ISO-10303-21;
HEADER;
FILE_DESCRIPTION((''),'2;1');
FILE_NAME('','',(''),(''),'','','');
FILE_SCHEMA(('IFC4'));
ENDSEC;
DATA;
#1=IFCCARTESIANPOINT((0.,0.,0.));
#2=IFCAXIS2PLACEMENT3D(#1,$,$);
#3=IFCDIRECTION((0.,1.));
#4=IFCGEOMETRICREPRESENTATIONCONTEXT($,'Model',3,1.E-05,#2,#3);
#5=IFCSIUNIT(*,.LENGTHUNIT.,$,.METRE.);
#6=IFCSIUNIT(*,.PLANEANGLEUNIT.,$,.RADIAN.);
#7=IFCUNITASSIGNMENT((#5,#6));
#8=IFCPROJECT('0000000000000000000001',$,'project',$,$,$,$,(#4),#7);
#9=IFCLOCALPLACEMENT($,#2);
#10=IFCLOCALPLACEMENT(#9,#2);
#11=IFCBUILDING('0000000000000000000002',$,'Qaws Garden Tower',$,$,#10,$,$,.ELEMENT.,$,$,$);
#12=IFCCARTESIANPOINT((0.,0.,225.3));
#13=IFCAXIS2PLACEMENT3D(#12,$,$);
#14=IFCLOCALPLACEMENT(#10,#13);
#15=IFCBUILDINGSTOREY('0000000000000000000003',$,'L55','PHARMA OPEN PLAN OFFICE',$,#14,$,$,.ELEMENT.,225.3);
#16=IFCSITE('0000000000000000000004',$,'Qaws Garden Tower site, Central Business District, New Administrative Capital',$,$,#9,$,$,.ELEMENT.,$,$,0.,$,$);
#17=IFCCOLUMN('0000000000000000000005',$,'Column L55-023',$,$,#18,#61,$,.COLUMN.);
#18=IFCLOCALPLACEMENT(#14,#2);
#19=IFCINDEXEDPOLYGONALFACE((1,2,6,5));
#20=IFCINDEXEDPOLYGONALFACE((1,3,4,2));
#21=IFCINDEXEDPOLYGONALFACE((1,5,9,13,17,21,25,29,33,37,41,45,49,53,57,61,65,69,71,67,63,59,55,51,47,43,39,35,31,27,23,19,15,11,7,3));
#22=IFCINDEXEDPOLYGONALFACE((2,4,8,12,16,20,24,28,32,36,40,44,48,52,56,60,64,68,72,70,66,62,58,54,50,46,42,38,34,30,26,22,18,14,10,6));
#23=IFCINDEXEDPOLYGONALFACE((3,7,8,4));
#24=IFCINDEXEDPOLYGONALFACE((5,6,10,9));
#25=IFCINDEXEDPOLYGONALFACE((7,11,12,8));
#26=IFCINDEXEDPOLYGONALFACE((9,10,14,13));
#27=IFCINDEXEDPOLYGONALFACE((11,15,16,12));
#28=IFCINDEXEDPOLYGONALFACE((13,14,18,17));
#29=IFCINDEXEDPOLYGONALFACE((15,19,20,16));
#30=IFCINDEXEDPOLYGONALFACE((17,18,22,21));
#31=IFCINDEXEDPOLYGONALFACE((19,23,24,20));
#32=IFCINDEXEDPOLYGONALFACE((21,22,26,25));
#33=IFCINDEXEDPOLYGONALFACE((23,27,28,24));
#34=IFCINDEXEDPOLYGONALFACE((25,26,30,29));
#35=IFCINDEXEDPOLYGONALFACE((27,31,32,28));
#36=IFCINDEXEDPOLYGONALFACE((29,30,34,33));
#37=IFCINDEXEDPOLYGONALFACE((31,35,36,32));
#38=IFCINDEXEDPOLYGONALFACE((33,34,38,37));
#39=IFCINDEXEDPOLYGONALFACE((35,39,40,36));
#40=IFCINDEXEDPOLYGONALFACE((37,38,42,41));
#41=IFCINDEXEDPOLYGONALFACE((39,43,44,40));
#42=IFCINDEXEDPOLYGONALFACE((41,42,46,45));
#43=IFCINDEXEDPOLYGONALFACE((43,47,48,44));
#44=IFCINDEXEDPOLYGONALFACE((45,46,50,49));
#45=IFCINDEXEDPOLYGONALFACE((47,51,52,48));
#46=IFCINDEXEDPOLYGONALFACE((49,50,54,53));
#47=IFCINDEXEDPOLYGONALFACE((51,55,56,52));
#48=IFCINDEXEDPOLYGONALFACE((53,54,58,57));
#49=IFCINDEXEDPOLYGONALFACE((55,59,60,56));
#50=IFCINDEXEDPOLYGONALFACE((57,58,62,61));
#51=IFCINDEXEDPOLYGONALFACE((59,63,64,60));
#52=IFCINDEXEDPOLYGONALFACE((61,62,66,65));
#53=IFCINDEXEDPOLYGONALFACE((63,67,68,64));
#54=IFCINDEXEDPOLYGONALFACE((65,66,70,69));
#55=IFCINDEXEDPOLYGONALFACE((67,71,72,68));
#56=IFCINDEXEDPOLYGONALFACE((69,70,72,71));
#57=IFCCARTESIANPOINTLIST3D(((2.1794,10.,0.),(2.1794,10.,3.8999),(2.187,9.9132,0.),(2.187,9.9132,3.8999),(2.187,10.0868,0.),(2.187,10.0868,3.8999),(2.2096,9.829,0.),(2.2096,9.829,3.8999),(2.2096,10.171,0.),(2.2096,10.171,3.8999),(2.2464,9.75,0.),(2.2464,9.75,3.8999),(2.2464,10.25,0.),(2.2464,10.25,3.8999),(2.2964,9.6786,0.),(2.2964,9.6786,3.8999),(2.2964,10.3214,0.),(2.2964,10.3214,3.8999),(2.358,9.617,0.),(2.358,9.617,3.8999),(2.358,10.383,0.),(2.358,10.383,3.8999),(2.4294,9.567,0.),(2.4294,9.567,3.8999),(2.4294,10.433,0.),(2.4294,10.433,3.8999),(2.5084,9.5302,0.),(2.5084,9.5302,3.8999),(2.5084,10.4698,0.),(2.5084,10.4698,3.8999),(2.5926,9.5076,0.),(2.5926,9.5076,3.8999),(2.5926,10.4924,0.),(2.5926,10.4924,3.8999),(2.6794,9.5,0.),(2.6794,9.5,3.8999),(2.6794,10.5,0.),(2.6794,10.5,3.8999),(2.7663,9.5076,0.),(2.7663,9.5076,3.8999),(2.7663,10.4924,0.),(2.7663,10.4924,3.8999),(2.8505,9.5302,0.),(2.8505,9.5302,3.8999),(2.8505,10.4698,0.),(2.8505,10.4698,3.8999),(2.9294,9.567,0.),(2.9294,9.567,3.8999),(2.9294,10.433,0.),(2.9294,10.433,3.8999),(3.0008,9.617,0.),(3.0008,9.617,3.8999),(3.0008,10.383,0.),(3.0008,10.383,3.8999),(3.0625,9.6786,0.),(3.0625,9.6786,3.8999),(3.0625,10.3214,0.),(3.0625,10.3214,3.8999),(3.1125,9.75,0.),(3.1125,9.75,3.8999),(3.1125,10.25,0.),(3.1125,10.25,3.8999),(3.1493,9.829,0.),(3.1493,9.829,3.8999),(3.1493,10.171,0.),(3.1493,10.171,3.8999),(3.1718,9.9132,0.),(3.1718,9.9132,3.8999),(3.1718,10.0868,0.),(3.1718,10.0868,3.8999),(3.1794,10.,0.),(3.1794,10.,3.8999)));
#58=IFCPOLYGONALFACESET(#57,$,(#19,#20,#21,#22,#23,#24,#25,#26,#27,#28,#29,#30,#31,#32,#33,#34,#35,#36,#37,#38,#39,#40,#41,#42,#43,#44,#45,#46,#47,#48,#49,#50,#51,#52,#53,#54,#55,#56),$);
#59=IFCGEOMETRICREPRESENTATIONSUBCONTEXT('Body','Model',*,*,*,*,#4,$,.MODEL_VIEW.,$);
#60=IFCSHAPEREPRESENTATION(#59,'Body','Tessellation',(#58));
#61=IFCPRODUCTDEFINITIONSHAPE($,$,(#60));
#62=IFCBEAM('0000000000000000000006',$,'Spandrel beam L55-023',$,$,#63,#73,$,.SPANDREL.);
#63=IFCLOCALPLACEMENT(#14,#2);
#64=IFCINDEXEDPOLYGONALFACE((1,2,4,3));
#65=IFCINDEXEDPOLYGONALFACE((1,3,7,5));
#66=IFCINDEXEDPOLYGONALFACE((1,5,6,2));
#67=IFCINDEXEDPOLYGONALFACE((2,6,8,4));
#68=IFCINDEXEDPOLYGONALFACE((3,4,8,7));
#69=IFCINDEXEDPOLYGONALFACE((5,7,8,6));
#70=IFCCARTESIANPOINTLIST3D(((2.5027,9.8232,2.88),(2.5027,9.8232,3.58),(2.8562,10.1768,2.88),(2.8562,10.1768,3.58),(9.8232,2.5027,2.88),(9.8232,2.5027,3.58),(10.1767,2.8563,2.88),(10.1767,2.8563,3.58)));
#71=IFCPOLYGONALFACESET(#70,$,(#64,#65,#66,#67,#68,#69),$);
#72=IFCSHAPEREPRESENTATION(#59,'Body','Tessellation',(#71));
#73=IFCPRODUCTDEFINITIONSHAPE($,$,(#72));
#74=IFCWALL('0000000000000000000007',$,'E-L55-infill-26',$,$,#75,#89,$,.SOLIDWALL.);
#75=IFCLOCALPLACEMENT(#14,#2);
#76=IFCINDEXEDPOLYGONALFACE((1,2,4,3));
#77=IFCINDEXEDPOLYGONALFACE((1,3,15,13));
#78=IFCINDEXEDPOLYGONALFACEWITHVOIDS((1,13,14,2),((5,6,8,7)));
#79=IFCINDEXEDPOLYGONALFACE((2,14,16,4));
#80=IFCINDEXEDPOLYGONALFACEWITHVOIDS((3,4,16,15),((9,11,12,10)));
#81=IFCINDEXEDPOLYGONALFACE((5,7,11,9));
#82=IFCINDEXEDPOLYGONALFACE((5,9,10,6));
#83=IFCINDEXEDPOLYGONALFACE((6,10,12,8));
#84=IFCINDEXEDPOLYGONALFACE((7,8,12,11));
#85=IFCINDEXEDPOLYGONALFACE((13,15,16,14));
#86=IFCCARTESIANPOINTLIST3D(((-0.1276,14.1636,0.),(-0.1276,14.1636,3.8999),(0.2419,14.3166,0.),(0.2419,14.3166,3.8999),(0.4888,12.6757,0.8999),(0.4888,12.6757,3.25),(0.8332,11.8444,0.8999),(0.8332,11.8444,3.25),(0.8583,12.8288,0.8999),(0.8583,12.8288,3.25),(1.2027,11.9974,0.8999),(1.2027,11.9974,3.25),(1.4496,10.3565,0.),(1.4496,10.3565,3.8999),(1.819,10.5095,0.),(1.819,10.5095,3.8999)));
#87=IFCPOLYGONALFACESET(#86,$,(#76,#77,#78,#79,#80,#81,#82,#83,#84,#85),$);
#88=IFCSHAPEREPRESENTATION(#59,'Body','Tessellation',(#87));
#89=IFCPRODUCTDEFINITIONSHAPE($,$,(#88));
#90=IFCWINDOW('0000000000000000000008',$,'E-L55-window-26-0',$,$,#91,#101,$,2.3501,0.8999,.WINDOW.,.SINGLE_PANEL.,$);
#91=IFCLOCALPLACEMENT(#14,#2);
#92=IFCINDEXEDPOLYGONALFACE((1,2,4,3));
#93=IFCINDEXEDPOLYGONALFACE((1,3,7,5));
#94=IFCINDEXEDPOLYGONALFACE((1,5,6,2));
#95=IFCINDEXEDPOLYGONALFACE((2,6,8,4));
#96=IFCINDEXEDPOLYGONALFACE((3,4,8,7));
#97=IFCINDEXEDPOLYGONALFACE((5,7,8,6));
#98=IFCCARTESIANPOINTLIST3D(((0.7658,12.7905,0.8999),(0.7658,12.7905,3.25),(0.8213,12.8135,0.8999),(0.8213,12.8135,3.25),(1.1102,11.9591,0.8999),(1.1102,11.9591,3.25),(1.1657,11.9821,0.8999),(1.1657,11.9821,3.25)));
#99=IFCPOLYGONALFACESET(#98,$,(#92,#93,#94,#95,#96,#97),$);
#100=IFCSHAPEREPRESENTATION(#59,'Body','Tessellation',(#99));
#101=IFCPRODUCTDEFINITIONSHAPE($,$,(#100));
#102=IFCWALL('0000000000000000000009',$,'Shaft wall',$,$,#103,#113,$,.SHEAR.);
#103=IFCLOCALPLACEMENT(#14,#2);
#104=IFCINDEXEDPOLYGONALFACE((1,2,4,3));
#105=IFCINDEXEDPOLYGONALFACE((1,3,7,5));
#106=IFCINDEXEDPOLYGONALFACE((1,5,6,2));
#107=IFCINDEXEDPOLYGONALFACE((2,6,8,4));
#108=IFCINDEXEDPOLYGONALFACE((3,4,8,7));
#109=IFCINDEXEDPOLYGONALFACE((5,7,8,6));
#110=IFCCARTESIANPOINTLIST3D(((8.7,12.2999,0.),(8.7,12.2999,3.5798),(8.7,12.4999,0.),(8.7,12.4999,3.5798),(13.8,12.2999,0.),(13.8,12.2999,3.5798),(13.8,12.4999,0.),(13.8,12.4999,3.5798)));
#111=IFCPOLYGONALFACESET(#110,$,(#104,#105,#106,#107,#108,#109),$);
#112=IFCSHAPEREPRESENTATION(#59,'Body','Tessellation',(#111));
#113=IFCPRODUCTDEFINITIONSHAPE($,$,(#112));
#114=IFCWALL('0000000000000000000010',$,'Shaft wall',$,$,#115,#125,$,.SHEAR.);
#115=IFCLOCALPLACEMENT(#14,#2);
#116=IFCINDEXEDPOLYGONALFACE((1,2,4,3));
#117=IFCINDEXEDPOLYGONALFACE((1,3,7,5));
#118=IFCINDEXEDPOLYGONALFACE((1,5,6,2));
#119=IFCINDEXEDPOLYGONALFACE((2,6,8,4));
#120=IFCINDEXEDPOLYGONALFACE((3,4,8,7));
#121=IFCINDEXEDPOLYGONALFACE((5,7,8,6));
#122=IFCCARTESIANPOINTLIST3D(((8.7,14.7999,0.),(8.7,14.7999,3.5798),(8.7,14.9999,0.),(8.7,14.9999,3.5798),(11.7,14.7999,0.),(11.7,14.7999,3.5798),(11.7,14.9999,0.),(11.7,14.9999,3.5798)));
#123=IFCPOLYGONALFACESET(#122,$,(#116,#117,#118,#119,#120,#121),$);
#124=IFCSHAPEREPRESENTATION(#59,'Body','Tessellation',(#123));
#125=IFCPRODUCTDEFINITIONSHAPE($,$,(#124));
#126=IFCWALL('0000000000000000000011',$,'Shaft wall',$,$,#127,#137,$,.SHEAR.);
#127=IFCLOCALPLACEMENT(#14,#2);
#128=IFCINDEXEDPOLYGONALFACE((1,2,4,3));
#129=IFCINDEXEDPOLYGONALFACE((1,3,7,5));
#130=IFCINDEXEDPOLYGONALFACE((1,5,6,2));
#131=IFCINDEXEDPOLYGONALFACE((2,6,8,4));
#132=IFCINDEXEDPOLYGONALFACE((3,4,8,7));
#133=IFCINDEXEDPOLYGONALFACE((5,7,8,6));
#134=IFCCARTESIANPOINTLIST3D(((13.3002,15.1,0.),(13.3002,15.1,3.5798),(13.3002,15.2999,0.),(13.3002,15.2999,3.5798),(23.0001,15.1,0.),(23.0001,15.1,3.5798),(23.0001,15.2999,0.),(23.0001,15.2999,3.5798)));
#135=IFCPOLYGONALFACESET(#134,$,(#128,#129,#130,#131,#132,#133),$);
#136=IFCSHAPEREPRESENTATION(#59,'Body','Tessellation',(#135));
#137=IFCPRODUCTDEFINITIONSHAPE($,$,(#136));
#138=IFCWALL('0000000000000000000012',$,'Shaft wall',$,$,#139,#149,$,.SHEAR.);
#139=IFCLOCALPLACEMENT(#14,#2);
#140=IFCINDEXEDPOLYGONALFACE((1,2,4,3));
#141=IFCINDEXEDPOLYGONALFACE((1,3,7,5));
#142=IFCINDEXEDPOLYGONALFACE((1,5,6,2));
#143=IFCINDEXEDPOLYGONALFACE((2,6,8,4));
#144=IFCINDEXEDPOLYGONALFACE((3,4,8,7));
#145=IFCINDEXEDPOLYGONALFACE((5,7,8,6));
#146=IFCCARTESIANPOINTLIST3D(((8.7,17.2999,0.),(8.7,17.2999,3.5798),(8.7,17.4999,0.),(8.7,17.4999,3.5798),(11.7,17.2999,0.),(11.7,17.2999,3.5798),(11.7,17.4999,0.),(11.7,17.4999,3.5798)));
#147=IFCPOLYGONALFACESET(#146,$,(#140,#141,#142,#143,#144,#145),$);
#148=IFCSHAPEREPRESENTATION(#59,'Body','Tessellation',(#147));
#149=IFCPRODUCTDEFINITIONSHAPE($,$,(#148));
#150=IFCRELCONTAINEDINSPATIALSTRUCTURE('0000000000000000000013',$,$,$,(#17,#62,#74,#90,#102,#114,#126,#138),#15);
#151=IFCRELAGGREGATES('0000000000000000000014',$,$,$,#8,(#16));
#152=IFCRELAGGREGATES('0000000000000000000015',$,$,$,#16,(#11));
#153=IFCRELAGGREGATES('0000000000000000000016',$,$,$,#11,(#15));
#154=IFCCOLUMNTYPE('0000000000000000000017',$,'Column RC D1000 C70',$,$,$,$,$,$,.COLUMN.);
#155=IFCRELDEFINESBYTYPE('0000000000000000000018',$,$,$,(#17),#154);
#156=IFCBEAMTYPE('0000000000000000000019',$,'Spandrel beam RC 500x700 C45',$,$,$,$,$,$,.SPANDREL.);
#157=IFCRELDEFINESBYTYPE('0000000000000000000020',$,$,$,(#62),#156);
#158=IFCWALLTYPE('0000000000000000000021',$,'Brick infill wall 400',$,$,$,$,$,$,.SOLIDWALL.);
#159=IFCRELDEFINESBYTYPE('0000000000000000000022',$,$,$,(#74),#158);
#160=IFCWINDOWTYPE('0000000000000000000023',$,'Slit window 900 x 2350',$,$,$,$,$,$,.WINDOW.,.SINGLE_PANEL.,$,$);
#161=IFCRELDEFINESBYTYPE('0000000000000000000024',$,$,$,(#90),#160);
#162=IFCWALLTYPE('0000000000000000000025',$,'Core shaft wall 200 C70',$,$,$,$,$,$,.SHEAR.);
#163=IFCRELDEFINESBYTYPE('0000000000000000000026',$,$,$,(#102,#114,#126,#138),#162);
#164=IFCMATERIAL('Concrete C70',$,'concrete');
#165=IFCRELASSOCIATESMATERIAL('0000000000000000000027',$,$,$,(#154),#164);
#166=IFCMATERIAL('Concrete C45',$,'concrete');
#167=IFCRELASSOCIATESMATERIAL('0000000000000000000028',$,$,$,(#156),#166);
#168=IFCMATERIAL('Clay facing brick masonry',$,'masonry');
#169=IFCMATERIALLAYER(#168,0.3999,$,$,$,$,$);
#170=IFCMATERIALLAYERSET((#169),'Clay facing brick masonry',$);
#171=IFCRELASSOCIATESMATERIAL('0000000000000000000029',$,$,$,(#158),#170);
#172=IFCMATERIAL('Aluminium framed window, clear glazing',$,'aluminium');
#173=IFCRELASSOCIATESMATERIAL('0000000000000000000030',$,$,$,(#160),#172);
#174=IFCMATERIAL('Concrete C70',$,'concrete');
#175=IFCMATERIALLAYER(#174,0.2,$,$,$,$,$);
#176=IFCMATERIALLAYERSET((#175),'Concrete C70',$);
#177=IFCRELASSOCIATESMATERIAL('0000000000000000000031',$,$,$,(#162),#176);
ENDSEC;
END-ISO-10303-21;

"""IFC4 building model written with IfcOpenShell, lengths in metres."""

from ifc_helpers import new_model, si_unit, direction, frame, frame_2d, origin, origin_2d, place, context, subcontext, project, spatial, rectangle, circle, extrude, material, layer, layer_set, material_profile, profile_set, type_object, element, fill, save


model = new_model("IFC4")

# Units and contexts
model_context = context("Model", 3, precision=1e-05, world=origin(), true_north=direction((0.0, 1.0)))
body_context = subcontext(model_context, "Body", "Model", "MODEL_VIEW")
ifc_project = project(units=[si_unit("LENGTHUNIT", "METRE"), si_unit("PLANEANGLEUNIT", "RADIAN")], contexts=[model_context])

# Site, building, storey
site_placement = place(None, origin())
site = spatial("IfcSite", under=ifc_project, at=site_placement, Name="Qaws Garden Tower site, Central Business District, New Administrative Capital", CompositionType="ELEMENT", RefElevation=0.0)
building_placement = place(site_placement, origin())
building = spatial("IfcBuilding", under=site, at=building_placement, Name="Qaws Garden Tower", CompositionType="ELEMENT")
storey_placement = place(building_placement, frame((0.0, 0.0, 225.3)))
storey = spatial("IfcBuildingStorey", under=building, at=storey_placement, Name="L55", Description="PHARMA OPEN PLAN OFFICE", CompositionType="ELEMENT", Elevation=225.3)

# Column
ifc_material_1 = material(Name="Concrete C70", Category="concrete")
ifc_material_profile_1 = material_profile(ifc_material_1, circle(Radius=0.5, at=origin_2d()), Name="RC D1000")
ifc_profile_set_1 = profile_set([ifc_material_profile_1], Name="Concrete C70")
column_type = type_object("IfcColumnType", Name="Column RC D1000 C70", PredefinedType="COLUMN", material=ifc_profile_set_1)
column_placement = place(storey_placement, frame((2.6794, 10.0, 0.0), z_axis=(0.0, 0.0, 1.0), x_axis=(1.0, 0.0, 0.0)))
element("IfcColumn", 1, at=column_placement, inside=storey, type_object=column_type, Name="Column L55-023", PredefinedType="COLUMN", context=body_context, shape_type="SweptSolid", body=[
    extrude(circle(Radius=0.5, at=origin_2d()), origin(), (0.0, 0.0, 1.0), 3.8999),
])

# Beam
ifc_material_2 = material(Name="Concrete C45", Category="concrete")
ifc_material_profile_2 = material_profile(ifc_material_2, rectangle(XDim=0.5, YDim=0.7, at=origin_2d()), Name="RC 500x700")
ifc_profile_set_2 = profile_set([ifc_material_profile_2], Name="Concrete C45")
beam_type = type_object("IfcBeamType", Name="Spandrel beam RC 500x700 C45", PredefinedType="SPANDREL", material=ifc_profile_set_2)
beam_placement = place(storey_placement, frame((2.6794, 10.0, 3.23), z_axis=(0.707107, -0.707107, 0.0), x_axis=(0.707107, 0.707107, 0.0)))
element("IfcBeam", 2, at=beam_placement, inside=storey, type_object=beam_type, Name="Spandrel beam L55-023", PredefinedType="SPANDREL", context=body_context, shape_type="SweptSolid", body=[
    extrude(rectangle(XDim=0.5, YDim=0.7, at=origin_2d()), origin(), (0.0, 0.0, 1.0), 10.3528),
])

# Wall, opening, window
ifc_material_3 = material(Name="Clay facing brick masonry", Category="masonry")
ifc_layer_1 = layer(ifc_material_3, 0.3999)
ifc_layer_set_1 = layer_set([ifc_layer_1], Name="Clay facing brick masonry")
wall_type_1 = type_object("IfcWallType", Name="Brick infill wall 400", PredefinedType="SOLIDWALL", material=ifc_layer_set_1)
wall_1_placement = place(storey_placement, frame((0.0571, 14.2402, 0.0), z_axis=(0.0, 0.0, 1.0), x_axis=(0.382722, -0.923864, 0.0)))
wall_1 = element("IfcWall", 3, at=wall_1_placement, inside=storey, type_object=wall_type_1, Name="E-L55-infill-26", PredefinedType="SOLIDWALL", context=body_context, shape_type="SweptSolid", body=[
    extrude(rectangle(XDim=4.1208, YDim=0.3999, at=frame_2d((2.0605, 0.0))), origin(), (0.0, 0.0, 1.0), 3.8999),
])
opening_1_placement = place(wall_1_placement, frame((1.6106, 0.0, 0.8999)))
opening_1 = element("IfcOpeningElement", 4, at=opening_1_placement, cuts=wall_1, PredefinedType="OPENING", context=body_context, shape_type="SweptSolid", body=[
    extrude(rectangle(XDim=0.8999, YDim=2.3501, at=frame_2d((0.45, 1.175))), frame((0.0, 0.21, 0.0), z_axis=(0.0, -1.0, 0.0), x_axis=(1.0, 0.0, 0.0)), (0.0, 0.0, 1.0), 0.4199),
])
ifc_material_4 = material(Name="Aluminium framed window, clear glazing", Category="aluminium")
window_type = type_object("IfcWindowType", Name="Slit window 900 x 2350", PartitioningType="SINGLE_PANEL", PredefinedType="WINDOW", material=ifc_material_4)
window_placement = place(opening_1_placement, origin())
window = element("IfcWindow", 5, at=window_placement, inside=storey, type_object=window_type, Name="E-L55-window-26-0", OverallHeight=2.3501, OverallWidth=0.8999, PartitioningType="SINGLE_PANEL", PredefinedType="WINDOW", context=body_context, shape_type="SweptSolid", body=[
    extrude(rectangle(XDim=0.8999, YDim=2.3501, at=frame_2d((0.45, 1.175))), frame((0.0, 0.1599, 0.0), z_axis=(0.0, -1.0, 0.0), x_axis=(1.0, 0.0, 0.0)), (0.0, 0.0, 1.0), 0.0601),
])
fill(opening_1, window)

# Walls
ifc_material_5 = material(Name="Concrete C70", Category="concrete")
ifc_layer_2 = layer(ifc_material_5, 0.2)
ifc_layer_set_2 = layer_set([ifc_layer_2], Name="Concrete C70")
wall_type_2 = type_object("IfcWallType", Name="Core shaft wall 200 C70", PredefinedType="SHEAR", material=ifc_layer_set_2)
wall_2_placement = place(storey_placement, frame((8.7, 12.3999, 0.0), z_axis=(0.0, 0.0, 1.0), x_axis=(1.0, 0.0, 0.0)))
element("IfcWall", 6, at=wall_2_placement, inside=storey, type_object=wall_type_2, Name="Shaft wall", PredefinedType="SHEAR", context=body_context, shape_type="SweptSolid", body=[
    extrude(rectangle(XDim=5.1001, YDim=0.2, at=frame_2d((2.55, 0.0))), origin(), (0.0, 0.0, 1.0), 3.5798),
])
wall_3_placement = place(storey_placement, frame((8.7, 14.8999, 0.0), z_axis=(0.0, 0.0, 1.0), x_axis=(1.0, 0.0, 0.0)))
element("IfcWall", 7, at=wall_3_placement, inside=storey, type_object=wall_type_2, Name="Shaft wall", PredefinedType="SHEAR", context=body_context, shape_type="SweptSolid", body=[
    extrude(rectangle(XDim=3.0, YDim=0.2, at=frame_2d((1.5, 0.0))), origin(), (0.0, 0.0, 1.0), 3.5798),
])
wall_4_placement = place(storey_placement, frame((13.3, 15.2, 0.0), z_axis=(0.0, 0.0, 1.0), x_axis=(1.0, 0.0, 0.0)))
element("IfcWall", 8, at=wall_4_placement, inside=storey, type_object=wall_type_2, Name="Shaft wall", PredefinedType="SHEAR", context=body_context, shape_type="SweptSolid", body=[
    extrude(rectangle(XDim=9.7, YDim=0.2, at=frame_2d((4.8501, 0.0))), origin(), (0.0, 0.0, 1.0), 3.5798),
])
wall_5_placement = place(storey_placement, frame((8.7, 17.3999, 0.0), z_axis=(0.0, 0.0, 1.0), x_axis=(1.0, 0.0, 0.0)))
element("IfcWall", 9, at=wall_5_placement, inside=storey, type_object=wall_type_2, Name="Shaft wall", PredefinedType="SHEAR", context=body_context, shape_type="SweptSolid", body=[
    extrude(rectangle(XDim=3.0, YDim=0.2, at=frame_2d((1.5, 0.0))), origin(), (0.0, 0.0, 1.0), 3.5798),
])

save(model, "model.ifc")
